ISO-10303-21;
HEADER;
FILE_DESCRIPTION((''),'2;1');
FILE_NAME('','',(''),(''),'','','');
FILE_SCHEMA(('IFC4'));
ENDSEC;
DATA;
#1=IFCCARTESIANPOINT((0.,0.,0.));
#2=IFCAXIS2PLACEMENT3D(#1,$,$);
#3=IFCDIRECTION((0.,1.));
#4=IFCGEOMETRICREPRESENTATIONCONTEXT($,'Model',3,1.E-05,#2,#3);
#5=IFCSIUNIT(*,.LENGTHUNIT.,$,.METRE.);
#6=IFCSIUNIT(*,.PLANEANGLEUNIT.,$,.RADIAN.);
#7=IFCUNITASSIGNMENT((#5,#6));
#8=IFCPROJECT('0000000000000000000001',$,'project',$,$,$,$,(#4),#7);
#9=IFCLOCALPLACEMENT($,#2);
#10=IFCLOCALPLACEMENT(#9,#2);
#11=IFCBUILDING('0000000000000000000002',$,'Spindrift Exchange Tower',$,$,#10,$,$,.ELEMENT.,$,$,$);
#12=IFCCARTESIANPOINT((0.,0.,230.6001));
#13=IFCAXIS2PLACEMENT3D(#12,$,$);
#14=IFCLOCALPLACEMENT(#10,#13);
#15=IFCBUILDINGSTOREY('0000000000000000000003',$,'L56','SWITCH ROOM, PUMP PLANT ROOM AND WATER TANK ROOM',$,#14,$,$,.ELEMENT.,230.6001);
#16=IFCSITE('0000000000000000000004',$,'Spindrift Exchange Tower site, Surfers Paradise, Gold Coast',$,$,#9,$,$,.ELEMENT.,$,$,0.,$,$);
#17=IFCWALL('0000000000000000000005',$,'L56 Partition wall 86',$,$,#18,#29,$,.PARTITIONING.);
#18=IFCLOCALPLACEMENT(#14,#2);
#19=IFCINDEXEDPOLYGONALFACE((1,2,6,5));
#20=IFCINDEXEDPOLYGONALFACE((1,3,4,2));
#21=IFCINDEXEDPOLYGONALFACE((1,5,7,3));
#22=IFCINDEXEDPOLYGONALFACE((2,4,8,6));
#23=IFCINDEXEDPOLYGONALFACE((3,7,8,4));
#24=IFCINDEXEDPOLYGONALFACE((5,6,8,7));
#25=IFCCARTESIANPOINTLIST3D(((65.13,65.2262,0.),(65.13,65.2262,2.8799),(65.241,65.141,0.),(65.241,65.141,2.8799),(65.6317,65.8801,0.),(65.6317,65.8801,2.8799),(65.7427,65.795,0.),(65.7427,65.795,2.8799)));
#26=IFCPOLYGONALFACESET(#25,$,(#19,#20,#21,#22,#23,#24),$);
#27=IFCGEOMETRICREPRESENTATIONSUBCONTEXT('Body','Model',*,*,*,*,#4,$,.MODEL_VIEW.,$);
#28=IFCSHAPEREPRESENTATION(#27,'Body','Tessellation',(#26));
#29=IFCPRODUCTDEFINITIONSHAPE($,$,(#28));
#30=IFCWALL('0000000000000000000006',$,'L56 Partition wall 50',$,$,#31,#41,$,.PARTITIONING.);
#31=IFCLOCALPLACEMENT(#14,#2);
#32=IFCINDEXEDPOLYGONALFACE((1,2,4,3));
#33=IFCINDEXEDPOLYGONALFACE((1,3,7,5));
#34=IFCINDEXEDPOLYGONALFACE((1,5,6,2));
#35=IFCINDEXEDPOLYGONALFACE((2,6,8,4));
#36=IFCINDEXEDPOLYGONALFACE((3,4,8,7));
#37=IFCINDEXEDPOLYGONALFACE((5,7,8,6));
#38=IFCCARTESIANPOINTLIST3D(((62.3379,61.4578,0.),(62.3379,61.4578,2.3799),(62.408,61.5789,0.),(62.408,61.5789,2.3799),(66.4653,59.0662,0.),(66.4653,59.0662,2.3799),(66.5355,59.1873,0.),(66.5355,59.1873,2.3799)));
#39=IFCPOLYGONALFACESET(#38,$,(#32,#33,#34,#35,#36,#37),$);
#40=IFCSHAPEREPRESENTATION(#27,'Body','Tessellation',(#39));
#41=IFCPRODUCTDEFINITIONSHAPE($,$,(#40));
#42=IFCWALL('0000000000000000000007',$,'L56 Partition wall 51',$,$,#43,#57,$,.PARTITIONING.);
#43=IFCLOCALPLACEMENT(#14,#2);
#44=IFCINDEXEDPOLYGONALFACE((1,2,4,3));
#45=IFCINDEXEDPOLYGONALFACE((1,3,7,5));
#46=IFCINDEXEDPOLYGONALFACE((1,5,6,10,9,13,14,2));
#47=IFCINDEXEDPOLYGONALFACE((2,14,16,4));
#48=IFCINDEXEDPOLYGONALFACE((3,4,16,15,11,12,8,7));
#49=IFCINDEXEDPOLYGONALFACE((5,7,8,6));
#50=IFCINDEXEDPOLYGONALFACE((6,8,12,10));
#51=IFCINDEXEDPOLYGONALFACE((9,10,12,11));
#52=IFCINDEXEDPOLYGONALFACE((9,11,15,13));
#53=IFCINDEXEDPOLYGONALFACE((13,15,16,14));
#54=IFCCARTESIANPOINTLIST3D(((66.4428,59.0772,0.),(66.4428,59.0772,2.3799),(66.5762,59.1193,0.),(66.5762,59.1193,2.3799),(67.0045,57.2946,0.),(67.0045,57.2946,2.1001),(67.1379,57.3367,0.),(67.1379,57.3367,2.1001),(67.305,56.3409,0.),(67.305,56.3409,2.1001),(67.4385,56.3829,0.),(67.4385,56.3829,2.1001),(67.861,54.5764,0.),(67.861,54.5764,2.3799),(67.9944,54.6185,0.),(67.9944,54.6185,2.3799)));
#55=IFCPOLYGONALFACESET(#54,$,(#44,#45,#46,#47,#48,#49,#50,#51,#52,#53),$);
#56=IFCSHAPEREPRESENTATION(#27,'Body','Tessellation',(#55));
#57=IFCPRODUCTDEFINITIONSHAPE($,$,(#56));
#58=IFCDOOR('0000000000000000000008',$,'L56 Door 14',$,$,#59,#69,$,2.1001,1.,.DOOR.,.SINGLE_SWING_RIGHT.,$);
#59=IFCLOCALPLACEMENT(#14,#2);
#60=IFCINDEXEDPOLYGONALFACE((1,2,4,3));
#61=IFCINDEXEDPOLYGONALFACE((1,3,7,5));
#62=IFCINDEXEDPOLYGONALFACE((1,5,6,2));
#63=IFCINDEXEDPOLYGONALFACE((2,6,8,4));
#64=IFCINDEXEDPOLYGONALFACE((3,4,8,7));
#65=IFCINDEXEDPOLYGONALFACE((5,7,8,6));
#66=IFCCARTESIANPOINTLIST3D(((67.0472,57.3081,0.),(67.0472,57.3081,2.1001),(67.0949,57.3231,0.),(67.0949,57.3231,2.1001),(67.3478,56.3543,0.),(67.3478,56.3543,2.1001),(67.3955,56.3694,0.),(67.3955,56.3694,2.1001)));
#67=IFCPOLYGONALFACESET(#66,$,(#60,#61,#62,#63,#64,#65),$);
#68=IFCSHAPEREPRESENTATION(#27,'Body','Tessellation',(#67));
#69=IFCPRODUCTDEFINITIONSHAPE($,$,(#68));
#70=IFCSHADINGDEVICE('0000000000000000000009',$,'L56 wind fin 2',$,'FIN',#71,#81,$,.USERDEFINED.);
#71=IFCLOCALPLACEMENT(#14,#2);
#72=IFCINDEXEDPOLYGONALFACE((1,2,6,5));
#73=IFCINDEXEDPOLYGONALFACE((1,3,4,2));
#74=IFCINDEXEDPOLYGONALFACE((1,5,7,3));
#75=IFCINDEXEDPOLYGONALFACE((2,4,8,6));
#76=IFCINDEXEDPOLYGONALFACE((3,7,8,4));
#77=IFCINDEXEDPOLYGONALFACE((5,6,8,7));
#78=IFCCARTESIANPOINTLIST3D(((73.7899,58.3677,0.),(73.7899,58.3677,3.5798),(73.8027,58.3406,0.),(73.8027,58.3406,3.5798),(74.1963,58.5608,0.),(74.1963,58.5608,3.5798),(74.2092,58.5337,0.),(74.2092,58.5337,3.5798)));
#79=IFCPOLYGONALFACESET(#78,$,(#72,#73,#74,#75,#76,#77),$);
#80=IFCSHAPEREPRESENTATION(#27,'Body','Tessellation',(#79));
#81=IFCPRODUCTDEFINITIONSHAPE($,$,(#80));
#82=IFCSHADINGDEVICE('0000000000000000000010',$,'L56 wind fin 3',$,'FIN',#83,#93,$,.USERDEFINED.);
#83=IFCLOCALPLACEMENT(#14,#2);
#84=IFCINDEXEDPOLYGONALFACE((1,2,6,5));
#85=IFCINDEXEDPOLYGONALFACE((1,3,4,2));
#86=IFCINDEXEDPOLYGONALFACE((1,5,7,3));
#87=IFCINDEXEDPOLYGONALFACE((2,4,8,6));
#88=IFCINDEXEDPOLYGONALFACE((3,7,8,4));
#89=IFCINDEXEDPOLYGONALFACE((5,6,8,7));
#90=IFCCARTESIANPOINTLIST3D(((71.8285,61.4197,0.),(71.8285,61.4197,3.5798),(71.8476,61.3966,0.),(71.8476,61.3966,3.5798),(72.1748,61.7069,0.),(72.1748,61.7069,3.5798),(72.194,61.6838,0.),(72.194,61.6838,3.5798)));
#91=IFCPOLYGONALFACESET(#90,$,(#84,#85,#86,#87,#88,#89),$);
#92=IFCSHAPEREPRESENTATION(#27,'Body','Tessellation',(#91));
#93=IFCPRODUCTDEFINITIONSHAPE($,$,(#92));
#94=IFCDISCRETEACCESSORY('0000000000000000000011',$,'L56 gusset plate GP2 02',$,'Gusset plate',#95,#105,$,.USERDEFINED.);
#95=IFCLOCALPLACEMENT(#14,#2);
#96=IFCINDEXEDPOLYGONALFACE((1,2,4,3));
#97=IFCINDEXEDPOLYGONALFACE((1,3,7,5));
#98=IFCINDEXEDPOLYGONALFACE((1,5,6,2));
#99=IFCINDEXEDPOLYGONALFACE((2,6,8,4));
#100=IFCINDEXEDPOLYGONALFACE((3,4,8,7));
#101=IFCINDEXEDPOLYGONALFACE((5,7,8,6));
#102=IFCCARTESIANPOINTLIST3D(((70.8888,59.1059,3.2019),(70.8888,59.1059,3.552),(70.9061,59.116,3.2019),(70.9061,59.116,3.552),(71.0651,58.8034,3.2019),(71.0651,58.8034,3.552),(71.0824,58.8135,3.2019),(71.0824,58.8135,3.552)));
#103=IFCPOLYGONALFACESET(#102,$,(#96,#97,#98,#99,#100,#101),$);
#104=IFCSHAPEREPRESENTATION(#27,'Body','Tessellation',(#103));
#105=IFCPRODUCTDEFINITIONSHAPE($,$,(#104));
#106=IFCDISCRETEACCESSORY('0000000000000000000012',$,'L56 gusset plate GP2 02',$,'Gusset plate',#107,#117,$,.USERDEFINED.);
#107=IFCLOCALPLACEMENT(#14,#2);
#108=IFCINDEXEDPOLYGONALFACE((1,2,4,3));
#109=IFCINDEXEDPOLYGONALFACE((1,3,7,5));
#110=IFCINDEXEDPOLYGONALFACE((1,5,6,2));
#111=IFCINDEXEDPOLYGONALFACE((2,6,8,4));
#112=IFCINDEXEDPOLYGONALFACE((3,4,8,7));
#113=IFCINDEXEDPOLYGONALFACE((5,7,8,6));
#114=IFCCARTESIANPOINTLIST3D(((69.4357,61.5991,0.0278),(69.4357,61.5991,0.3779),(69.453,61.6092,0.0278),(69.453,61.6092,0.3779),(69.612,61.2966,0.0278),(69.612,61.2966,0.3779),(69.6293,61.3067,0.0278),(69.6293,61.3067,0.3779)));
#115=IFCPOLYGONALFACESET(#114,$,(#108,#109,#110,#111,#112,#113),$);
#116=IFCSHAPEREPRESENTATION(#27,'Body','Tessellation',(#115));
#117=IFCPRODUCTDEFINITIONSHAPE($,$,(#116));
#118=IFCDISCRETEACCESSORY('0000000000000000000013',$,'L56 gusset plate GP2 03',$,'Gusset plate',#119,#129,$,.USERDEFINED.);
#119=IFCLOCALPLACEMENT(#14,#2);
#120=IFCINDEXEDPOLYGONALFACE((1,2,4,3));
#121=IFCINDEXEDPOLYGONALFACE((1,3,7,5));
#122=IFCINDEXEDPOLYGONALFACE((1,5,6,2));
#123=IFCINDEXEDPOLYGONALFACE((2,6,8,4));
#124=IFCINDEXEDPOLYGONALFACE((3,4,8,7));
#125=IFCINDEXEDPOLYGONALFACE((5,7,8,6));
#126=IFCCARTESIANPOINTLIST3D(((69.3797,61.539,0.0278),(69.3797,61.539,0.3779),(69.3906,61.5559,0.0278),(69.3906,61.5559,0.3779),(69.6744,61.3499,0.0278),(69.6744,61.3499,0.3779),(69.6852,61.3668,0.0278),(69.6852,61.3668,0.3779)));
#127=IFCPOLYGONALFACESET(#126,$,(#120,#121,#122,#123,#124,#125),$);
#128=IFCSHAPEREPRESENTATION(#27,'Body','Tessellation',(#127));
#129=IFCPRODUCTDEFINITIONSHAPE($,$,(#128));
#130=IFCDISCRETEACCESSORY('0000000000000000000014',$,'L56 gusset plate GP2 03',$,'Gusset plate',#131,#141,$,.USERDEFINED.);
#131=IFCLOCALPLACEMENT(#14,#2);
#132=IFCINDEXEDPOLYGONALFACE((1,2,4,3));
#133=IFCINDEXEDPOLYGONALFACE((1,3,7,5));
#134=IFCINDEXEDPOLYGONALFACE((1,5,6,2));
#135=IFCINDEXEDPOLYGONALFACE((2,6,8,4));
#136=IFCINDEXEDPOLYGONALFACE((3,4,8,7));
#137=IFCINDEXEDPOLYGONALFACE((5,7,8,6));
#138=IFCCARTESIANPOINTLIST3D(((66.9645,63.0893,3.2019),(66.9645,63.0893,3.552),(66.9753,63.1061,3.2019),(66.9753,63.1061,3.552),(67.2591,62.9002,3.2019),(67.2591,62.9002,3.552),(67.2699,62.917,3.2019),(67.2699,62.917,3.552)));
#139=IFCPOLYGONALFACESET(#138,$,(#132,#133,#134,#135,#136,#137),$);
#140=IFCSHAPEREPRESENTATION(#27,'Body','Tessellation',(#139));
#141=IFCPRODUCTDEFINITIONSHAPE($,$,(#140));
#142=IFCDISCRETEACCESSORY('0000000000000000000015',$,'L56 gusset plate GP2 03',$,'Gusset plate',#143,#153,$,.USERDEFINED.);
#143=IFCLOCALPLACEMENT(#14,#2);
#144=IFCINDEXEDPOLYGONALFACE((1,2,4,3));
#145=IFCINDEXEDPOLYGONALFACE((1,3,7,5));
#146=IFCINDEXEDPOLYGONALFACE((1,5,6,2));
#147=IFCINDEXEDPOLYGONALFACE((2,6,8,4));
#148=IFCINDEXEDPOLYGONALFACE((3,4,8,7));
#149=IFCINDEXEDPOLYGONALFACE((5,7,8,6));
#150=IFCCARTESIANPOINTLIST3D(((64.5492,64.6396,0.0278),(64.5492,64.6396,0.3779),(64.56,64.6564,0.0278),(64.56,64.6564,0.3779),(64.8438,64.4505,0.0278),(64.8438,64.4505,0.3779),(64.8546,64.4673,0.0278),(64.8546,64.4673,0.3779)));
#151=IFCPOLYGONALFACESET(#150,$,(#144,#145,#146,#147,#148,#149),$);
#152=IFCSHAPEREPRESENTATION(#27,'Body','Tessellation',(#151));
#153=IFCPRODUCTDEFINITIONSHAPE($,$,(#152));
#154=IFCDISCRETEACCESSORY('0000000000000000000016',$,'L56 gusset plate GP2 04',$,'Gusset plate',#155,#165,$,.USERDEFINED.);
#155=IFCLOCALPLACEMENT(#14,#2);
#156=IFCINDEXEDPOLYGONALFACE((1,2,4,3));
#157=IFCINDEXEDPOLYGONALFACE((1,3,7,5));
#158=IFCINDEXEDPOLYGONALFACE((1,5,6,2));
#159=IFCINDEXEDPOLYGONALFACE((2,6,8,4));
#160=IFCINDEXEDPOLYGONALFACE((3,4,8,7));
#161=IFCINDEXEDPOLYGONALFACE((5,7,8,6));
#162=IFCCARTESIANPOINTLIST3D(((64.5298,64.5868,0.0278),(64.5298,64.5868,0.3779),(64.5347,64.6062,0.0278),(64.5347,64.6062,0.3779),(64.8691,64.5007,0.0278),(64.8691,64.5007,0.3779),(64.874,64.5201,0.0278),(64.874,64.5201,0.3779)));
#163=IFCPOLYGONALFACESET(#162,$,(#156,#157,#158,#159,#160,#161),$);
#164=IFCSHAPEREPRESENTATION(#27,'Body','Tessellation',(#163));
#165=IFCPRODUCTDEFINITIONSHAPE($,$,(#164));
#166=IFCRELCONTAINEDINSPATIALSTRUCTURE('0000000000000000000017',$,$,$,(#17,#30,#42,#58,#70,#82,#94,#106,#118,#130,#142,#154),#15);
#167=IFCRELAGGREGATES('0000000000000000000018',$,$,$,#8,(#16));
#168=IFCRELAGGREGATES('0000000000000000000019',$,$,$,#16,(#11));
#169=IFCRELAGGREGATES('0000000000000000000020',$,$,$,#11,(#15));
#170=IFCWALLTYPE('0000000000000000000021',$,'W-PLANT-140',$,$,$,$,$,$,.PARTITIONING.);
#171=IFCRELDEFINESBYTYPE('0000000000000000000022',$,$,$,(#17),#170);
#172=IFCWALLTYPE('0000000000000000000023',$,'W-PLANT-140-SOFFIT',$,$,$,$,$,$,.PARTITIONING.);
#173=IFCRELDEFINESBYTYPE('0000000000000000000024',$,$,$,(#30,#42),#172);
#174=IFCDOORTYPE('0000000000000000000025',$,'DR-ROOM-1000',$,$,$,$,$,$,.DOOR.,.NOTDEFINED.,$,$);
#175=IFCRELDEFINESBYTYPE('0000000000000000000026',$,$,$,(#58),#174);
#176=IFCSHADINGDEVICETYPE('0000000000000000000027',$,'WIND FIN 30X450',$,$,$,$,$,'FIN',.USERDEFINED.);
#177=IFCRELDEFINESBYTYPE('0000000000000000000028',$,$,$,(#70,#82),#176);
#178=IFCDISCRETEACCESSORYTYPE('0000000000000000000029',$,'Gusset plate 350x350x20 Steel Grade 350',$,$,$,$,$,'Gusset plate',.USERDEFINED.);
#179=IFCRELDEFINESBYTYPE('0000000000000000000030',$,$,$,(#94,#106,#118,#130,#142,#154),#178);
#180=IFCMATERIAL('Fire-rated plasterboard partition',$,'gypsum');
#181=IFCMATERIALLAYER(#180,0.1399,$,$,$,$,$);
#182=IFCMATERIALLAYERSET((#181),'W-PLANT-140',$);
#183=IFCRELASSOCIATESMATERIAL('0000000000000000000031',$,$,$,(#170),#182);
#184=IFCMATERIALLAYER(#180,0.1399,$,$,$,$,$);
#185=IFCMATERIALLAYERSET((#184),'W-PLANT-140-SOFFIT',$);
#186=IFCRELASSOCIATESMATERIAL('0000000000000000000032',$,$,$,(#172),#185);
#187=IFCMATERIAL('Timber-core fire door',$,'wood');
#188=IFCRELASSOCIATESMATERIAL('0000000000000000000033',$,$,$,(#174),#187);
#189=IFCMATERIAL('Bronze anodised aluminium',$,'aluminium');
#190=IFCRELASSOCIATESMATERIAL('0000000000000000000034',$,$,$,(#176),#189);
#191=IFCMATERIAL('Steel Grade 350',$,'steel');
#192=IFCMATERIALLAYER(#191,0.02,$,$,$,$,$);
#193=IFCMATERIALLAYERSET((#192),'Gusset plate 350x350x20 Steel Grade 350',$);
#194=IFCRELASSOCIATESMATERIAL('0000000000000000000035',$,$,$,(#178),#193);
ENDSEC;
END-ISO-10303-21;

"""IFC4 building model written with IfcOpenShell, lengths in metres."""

from ifc_helpers import new_model, si_unit, direction, frame, frame_2d, origin, origin_2d, place, context, subcontext, project, spatial, rectangle, extrude, source, transform, mapped, material, layer, layer_set, material_profile, profile_set, type_object, element, fill, save


model = new_model("IFC4")

# Units and contexts
model_context = context("Model", 3, precision=1e-05, world=origin(), true_north=direction((0.0, 1.0)))
body_context = subcontext(model_context, "Body", "Model", "MODEL_VIEW")
ifc_project = project(units=[si_unit("LENGTHUNIT", "METRE"), si_unit("PLANEANGLEUNIT", "RADIAN")], contexts=[model_context])

# Site, building, storey
site_placement = place(None, origin())
site = spatial("IfcSite", under=ifc_project, at=site_placement, Name="Spindrift Exchange Tower site, Surfers Paradise, Gold Coast", CompositionType="ELEMENT", RefElevation=0.0)
building_placement = place(site_placement, origin())
building = spatial("IfcBuilding", under=site, at=building_placement, Name="Spindrift Exchange Tower", CompositionType="ELEMENT")
storey_placement = place(building_placement, frame((0.0, 0.0, 230.6001)))
storey = spatial("IfcBuildingStorey", under=building, at=storey_placement, Name="L56", Description="SWITCH ROOM, PUMP PLANT ROOM AND WATER TANK ROOM", CompositionType="ELEMENT", Elevation=230.6001)

# Shared definitions
ifc_material_1 = material(Name="Steel Grade 350", Category="steel")

# Shared definitions
ifc_material_2 = material(Name="Bronze anodised aluminium", Category="aluminium")

# Walls
ifc_material_3 = material(Name="Fire-rated plasterboard partition", Category="gypsum")
ifc_layer_1 = layer(ifc_material_3, 0.1399)
ifc_layer_set_1 = layer_set([ifc_layer_1], Name="W-PLANT-140")
wall_type_1 = type_object("IfcWallType", Name="W-PLANT-140", PredefinedType="PARTITIONING", material=ifc_layer_set_1)
wall_1_placement = place(storey_placement, frame((65.1855, 65.1836, 0.0), z_axis=(0.0, 0.0, 1.0), x_axis=(0.608637, 0.793449, 0.0)))
element("IfcWall", 1, at=wall_1_placement, inside=storey, type_object=wall_type_1, Name="L56 Partition wall 86", PredefinedType="PARTITIONING", context=body_context, shape_type="SweptSolid", body=[
    extrude(rectangle(XDim=0.8242, YDim=0.1399, at=frame_2d((0.4121, 0.0))), origin(), (0.0, 0.0, 1.0), 2.8799),
])
ifc_layer_2 = layer(ifc_material_3, 0.1399)
ifc_layer_set_2 = layer_set([ifc_layer_2], Name="W-PLANT-140-SOFFIT")
wall_type_2 = type_object("IfcWallType", Name="W-PLANT-140-SOFFIT", PredefinedType="PARTITIONING", material=ifc_layer_set_2)
wall_2_placement = place(storey_placement, frame((66.5005, 59.1267, 0.0), z_axis=(0.0, 0.0, 1.0), x_axis=(-0.865242, 0.501355, 0.0)))
element("IfcWall", 2, at=wall_2_placement, inside=storey, type_object=wall_type_2, Name="L56 Partition wall 50", PredefinedType="PARTITIONING", context=body_context, shape_type="SweptSolid", body=[
    extrude(rectangle(XDim=4.7703, YDim=0.1399, at=frame_2d((2.3853, 0.0))), origin(), (0.0, 0.0, 1.0), 2.3799),
])

# Wall, opening, door
wall_3_placement = place(storey_placement, frame((66.5095, 59.0981, 0.0), z_axis=(0.0, 0.0, 1.0), x_axis=(0.30054, -0.953769, 0.0)))
wall_3 = element("IfcWall", 3, at=wall_3_placement, inside=storey, type_object=wall_type_2, Name="L56 Partition wall 51", PredefinedType="PARTITIONING", context=body_context, shape_type="SweptSolid", body=[
    extrude(rectangle(XDim=4.719, YDim=0.1399, at=frame_2d((2.3594, 0.0))), origin(), (0.0, 0.0, 1.0), 2.3799),
])
opening_placement = place(wall_3_placement, frame((1.8689, 0.0, 0.0)))
opening = element("IfcOpeningElement", 4, at=opening_placement, cuts=wall_3, PredefinedType="OPENING", context=body_context, shape_type="SweptSolid", body=[
    extrude(rectangle(XDim=1.0, YDim=2.1001, at=frame_2d((0.5, 1.05))), frame((0.0, 0.0798, 0.0), z_axis=(0.0, -1.0, 0.0), x_axis=(1.0, 0.0, 0.0)), (0.0, 0.0, 1.0), 0.1599),
])
ifc_material_4 = material(Name="Timber-core fire door", Category="wood")
door_type = type_object("IfcDoorType", Name="DR-ROOM-1000", OperationType="NOTDEFINED", PredefinedType="DOOR", material=ifc_material_4)
shared_shape_1 = source(origin(), body_context, "Body", "SweptSolid", [
    extrude(rectangle(XDim=1.0, YDim=2.1001, at=frame_2d((0.5, 1.05))), frame((0.0, 0.0249, 0.0), z_axis=(0.0, -1.0, 0.0), x_axis=(1.0, 0.0, 0.0)), (0.0, 0.0, 1.0), 0.05),
])
door_placement = place(opening_placement, origin())
door = element("IfcDoor", 5, at=door_placement, inside=storey, type_object=door_type, Name="L56 Door 14", OperationType="SINGLE_SWING_RIGHT", OverallHeight=2.1001, OverallWidth=1.0, PredefinedType="DOOR", context=body_context, shape_type="MappedRepresentation", body=[
    mapped(shared_shape_1, transform((0.0, 0.0, 0.0), scale=1.0)),
])
fill(opening, door)

# Shading devices
ifc_material_profile_1 = material_profile(ifc_material_2, rectangle(XDim=0.03, YDim=0.45, at=origin_2d()), Name="WIND FIN 30X450")
ifc_profile_set_1 = profile_set([ifc_material_profile_1], Name="Bronze anodised aluminium")
shading_device_type = type_object("IfcShadingDeviceType", Name="WIND FIN 30X450", ElementType="FIN", PredefinedType="USERDEFINED", material=ifc_profile_set_1)
shared_shape_2 = source(origin(), body_context, "Body", "SweptSolid", [
    extrude(rectangle(XDim=0.03, YDim=0.45, at=origin_2d()), origin(), (0.0, 0.0, 1.0), 3.5798),
])
for number, where, z_axis, x_axis, name in (
    (6, (73.9995, 58.4507, 0.0), (0.0, 0.0, 1.0), (-0.429096, 0.903259, 0.0), "L56 wind fin 2"),
    (7, (72.0112, 61.5518, 0.0), (0.0, 0.0, 1.0), (-0.638243, 0.769835, 0.0), "L56 wind fin 3"),
):
    element("IfcShadingDevice", number, at=place(storey_placement, frame(where, z_axis=z_axis, x_axis=x_axis)), inside=storey, type_object=shading_device_type, Name=name, ObjectType="FIN", PredefinedType="USERDEFINED", context=body_context, shape_type="MappedRepresentation", body=[
        mapped(shared_shape_2, transform((0.0, 0.0, 0.0), scale=1.0)),
    ])

# Discrete accessories
ifc_layer_3 = layer(ifc_material_1, 0.02)
ifc_layer_set_3 = layer_set([ifc_layer_3], Name="Gusset plate 350x350x20 Steel Grade 350")
discrete_accessory_type = type_object("IfcDiscreteAccessoryType", Name="Gusset plate 350x350x20 Steel Grade 350", ElementType="Gusset plate", PredefinedType="USERDEFINED", material=ifc_layer_set_3)
shared_shape_3 = source(origin(), body_context, "Body", "SweptSolid", [
    extrude(rectangle(XDim=0.3501, YDim=0.02, at=origin_2d()), origin(), (0.0, 0.0, 1.0), 0.3501),
])
for number, where, z_axis, x_axis, name in (
    (8, (70.9856, 58.9597, 3.2019), (0.0, 0.0, 1.0), (-0.503549, 0.863966, 0.0), "L56 gusset plate GP2 02"),
    (9, (69.5325, 61.4529, 0.0278), (0.0, 0.0, 1.0), (-0.503564, 0.863958, 0.0), "L56 gusset plate GP2 02"),
    (10, (69.5325, 61.4529, 0.0278), (0.0, 0.0, 1.0), (-0.841573, 0.540143, 0.0), "L56 gusset plate GP2 03"),
    (11, (67.1172, 63.0032, 3.2019), (0.0, 0.0, 1.0), (-0.841573, 0.540143, 0.0), "L56 gusset plate GP2 03"),
    (12, (64.7019, 64.5535, 0.0278), (0.0, 0.0, 1.0), (-0.841573, 0.540143, 0.0), "L56 gusset plate GP2 03"),
    (13, (64.7019, 64.5535, 0.0278), (0.0, 0.0, 1.0), (-0.969278, 0.245967, 0.0), "L56 gusset plate GP2 04"),
):
    element("IfcDiscreteAccessory", number, at=place(storey_placement, frame(where, z_axis=z_axis, x_axis=x_axis)), inside=storey, type_object=discrete_accessory_type, Name=name, ObjectType="Gusset plate", PredefinedType="USERDEFINED", context=body_context, shape_type="MappedRepresentation", body=[
        mapped(shared_shape_3, transform((0.0, 0.0, 0.0), scale=1.0)),
    ])

save(model, "model.ifc")
